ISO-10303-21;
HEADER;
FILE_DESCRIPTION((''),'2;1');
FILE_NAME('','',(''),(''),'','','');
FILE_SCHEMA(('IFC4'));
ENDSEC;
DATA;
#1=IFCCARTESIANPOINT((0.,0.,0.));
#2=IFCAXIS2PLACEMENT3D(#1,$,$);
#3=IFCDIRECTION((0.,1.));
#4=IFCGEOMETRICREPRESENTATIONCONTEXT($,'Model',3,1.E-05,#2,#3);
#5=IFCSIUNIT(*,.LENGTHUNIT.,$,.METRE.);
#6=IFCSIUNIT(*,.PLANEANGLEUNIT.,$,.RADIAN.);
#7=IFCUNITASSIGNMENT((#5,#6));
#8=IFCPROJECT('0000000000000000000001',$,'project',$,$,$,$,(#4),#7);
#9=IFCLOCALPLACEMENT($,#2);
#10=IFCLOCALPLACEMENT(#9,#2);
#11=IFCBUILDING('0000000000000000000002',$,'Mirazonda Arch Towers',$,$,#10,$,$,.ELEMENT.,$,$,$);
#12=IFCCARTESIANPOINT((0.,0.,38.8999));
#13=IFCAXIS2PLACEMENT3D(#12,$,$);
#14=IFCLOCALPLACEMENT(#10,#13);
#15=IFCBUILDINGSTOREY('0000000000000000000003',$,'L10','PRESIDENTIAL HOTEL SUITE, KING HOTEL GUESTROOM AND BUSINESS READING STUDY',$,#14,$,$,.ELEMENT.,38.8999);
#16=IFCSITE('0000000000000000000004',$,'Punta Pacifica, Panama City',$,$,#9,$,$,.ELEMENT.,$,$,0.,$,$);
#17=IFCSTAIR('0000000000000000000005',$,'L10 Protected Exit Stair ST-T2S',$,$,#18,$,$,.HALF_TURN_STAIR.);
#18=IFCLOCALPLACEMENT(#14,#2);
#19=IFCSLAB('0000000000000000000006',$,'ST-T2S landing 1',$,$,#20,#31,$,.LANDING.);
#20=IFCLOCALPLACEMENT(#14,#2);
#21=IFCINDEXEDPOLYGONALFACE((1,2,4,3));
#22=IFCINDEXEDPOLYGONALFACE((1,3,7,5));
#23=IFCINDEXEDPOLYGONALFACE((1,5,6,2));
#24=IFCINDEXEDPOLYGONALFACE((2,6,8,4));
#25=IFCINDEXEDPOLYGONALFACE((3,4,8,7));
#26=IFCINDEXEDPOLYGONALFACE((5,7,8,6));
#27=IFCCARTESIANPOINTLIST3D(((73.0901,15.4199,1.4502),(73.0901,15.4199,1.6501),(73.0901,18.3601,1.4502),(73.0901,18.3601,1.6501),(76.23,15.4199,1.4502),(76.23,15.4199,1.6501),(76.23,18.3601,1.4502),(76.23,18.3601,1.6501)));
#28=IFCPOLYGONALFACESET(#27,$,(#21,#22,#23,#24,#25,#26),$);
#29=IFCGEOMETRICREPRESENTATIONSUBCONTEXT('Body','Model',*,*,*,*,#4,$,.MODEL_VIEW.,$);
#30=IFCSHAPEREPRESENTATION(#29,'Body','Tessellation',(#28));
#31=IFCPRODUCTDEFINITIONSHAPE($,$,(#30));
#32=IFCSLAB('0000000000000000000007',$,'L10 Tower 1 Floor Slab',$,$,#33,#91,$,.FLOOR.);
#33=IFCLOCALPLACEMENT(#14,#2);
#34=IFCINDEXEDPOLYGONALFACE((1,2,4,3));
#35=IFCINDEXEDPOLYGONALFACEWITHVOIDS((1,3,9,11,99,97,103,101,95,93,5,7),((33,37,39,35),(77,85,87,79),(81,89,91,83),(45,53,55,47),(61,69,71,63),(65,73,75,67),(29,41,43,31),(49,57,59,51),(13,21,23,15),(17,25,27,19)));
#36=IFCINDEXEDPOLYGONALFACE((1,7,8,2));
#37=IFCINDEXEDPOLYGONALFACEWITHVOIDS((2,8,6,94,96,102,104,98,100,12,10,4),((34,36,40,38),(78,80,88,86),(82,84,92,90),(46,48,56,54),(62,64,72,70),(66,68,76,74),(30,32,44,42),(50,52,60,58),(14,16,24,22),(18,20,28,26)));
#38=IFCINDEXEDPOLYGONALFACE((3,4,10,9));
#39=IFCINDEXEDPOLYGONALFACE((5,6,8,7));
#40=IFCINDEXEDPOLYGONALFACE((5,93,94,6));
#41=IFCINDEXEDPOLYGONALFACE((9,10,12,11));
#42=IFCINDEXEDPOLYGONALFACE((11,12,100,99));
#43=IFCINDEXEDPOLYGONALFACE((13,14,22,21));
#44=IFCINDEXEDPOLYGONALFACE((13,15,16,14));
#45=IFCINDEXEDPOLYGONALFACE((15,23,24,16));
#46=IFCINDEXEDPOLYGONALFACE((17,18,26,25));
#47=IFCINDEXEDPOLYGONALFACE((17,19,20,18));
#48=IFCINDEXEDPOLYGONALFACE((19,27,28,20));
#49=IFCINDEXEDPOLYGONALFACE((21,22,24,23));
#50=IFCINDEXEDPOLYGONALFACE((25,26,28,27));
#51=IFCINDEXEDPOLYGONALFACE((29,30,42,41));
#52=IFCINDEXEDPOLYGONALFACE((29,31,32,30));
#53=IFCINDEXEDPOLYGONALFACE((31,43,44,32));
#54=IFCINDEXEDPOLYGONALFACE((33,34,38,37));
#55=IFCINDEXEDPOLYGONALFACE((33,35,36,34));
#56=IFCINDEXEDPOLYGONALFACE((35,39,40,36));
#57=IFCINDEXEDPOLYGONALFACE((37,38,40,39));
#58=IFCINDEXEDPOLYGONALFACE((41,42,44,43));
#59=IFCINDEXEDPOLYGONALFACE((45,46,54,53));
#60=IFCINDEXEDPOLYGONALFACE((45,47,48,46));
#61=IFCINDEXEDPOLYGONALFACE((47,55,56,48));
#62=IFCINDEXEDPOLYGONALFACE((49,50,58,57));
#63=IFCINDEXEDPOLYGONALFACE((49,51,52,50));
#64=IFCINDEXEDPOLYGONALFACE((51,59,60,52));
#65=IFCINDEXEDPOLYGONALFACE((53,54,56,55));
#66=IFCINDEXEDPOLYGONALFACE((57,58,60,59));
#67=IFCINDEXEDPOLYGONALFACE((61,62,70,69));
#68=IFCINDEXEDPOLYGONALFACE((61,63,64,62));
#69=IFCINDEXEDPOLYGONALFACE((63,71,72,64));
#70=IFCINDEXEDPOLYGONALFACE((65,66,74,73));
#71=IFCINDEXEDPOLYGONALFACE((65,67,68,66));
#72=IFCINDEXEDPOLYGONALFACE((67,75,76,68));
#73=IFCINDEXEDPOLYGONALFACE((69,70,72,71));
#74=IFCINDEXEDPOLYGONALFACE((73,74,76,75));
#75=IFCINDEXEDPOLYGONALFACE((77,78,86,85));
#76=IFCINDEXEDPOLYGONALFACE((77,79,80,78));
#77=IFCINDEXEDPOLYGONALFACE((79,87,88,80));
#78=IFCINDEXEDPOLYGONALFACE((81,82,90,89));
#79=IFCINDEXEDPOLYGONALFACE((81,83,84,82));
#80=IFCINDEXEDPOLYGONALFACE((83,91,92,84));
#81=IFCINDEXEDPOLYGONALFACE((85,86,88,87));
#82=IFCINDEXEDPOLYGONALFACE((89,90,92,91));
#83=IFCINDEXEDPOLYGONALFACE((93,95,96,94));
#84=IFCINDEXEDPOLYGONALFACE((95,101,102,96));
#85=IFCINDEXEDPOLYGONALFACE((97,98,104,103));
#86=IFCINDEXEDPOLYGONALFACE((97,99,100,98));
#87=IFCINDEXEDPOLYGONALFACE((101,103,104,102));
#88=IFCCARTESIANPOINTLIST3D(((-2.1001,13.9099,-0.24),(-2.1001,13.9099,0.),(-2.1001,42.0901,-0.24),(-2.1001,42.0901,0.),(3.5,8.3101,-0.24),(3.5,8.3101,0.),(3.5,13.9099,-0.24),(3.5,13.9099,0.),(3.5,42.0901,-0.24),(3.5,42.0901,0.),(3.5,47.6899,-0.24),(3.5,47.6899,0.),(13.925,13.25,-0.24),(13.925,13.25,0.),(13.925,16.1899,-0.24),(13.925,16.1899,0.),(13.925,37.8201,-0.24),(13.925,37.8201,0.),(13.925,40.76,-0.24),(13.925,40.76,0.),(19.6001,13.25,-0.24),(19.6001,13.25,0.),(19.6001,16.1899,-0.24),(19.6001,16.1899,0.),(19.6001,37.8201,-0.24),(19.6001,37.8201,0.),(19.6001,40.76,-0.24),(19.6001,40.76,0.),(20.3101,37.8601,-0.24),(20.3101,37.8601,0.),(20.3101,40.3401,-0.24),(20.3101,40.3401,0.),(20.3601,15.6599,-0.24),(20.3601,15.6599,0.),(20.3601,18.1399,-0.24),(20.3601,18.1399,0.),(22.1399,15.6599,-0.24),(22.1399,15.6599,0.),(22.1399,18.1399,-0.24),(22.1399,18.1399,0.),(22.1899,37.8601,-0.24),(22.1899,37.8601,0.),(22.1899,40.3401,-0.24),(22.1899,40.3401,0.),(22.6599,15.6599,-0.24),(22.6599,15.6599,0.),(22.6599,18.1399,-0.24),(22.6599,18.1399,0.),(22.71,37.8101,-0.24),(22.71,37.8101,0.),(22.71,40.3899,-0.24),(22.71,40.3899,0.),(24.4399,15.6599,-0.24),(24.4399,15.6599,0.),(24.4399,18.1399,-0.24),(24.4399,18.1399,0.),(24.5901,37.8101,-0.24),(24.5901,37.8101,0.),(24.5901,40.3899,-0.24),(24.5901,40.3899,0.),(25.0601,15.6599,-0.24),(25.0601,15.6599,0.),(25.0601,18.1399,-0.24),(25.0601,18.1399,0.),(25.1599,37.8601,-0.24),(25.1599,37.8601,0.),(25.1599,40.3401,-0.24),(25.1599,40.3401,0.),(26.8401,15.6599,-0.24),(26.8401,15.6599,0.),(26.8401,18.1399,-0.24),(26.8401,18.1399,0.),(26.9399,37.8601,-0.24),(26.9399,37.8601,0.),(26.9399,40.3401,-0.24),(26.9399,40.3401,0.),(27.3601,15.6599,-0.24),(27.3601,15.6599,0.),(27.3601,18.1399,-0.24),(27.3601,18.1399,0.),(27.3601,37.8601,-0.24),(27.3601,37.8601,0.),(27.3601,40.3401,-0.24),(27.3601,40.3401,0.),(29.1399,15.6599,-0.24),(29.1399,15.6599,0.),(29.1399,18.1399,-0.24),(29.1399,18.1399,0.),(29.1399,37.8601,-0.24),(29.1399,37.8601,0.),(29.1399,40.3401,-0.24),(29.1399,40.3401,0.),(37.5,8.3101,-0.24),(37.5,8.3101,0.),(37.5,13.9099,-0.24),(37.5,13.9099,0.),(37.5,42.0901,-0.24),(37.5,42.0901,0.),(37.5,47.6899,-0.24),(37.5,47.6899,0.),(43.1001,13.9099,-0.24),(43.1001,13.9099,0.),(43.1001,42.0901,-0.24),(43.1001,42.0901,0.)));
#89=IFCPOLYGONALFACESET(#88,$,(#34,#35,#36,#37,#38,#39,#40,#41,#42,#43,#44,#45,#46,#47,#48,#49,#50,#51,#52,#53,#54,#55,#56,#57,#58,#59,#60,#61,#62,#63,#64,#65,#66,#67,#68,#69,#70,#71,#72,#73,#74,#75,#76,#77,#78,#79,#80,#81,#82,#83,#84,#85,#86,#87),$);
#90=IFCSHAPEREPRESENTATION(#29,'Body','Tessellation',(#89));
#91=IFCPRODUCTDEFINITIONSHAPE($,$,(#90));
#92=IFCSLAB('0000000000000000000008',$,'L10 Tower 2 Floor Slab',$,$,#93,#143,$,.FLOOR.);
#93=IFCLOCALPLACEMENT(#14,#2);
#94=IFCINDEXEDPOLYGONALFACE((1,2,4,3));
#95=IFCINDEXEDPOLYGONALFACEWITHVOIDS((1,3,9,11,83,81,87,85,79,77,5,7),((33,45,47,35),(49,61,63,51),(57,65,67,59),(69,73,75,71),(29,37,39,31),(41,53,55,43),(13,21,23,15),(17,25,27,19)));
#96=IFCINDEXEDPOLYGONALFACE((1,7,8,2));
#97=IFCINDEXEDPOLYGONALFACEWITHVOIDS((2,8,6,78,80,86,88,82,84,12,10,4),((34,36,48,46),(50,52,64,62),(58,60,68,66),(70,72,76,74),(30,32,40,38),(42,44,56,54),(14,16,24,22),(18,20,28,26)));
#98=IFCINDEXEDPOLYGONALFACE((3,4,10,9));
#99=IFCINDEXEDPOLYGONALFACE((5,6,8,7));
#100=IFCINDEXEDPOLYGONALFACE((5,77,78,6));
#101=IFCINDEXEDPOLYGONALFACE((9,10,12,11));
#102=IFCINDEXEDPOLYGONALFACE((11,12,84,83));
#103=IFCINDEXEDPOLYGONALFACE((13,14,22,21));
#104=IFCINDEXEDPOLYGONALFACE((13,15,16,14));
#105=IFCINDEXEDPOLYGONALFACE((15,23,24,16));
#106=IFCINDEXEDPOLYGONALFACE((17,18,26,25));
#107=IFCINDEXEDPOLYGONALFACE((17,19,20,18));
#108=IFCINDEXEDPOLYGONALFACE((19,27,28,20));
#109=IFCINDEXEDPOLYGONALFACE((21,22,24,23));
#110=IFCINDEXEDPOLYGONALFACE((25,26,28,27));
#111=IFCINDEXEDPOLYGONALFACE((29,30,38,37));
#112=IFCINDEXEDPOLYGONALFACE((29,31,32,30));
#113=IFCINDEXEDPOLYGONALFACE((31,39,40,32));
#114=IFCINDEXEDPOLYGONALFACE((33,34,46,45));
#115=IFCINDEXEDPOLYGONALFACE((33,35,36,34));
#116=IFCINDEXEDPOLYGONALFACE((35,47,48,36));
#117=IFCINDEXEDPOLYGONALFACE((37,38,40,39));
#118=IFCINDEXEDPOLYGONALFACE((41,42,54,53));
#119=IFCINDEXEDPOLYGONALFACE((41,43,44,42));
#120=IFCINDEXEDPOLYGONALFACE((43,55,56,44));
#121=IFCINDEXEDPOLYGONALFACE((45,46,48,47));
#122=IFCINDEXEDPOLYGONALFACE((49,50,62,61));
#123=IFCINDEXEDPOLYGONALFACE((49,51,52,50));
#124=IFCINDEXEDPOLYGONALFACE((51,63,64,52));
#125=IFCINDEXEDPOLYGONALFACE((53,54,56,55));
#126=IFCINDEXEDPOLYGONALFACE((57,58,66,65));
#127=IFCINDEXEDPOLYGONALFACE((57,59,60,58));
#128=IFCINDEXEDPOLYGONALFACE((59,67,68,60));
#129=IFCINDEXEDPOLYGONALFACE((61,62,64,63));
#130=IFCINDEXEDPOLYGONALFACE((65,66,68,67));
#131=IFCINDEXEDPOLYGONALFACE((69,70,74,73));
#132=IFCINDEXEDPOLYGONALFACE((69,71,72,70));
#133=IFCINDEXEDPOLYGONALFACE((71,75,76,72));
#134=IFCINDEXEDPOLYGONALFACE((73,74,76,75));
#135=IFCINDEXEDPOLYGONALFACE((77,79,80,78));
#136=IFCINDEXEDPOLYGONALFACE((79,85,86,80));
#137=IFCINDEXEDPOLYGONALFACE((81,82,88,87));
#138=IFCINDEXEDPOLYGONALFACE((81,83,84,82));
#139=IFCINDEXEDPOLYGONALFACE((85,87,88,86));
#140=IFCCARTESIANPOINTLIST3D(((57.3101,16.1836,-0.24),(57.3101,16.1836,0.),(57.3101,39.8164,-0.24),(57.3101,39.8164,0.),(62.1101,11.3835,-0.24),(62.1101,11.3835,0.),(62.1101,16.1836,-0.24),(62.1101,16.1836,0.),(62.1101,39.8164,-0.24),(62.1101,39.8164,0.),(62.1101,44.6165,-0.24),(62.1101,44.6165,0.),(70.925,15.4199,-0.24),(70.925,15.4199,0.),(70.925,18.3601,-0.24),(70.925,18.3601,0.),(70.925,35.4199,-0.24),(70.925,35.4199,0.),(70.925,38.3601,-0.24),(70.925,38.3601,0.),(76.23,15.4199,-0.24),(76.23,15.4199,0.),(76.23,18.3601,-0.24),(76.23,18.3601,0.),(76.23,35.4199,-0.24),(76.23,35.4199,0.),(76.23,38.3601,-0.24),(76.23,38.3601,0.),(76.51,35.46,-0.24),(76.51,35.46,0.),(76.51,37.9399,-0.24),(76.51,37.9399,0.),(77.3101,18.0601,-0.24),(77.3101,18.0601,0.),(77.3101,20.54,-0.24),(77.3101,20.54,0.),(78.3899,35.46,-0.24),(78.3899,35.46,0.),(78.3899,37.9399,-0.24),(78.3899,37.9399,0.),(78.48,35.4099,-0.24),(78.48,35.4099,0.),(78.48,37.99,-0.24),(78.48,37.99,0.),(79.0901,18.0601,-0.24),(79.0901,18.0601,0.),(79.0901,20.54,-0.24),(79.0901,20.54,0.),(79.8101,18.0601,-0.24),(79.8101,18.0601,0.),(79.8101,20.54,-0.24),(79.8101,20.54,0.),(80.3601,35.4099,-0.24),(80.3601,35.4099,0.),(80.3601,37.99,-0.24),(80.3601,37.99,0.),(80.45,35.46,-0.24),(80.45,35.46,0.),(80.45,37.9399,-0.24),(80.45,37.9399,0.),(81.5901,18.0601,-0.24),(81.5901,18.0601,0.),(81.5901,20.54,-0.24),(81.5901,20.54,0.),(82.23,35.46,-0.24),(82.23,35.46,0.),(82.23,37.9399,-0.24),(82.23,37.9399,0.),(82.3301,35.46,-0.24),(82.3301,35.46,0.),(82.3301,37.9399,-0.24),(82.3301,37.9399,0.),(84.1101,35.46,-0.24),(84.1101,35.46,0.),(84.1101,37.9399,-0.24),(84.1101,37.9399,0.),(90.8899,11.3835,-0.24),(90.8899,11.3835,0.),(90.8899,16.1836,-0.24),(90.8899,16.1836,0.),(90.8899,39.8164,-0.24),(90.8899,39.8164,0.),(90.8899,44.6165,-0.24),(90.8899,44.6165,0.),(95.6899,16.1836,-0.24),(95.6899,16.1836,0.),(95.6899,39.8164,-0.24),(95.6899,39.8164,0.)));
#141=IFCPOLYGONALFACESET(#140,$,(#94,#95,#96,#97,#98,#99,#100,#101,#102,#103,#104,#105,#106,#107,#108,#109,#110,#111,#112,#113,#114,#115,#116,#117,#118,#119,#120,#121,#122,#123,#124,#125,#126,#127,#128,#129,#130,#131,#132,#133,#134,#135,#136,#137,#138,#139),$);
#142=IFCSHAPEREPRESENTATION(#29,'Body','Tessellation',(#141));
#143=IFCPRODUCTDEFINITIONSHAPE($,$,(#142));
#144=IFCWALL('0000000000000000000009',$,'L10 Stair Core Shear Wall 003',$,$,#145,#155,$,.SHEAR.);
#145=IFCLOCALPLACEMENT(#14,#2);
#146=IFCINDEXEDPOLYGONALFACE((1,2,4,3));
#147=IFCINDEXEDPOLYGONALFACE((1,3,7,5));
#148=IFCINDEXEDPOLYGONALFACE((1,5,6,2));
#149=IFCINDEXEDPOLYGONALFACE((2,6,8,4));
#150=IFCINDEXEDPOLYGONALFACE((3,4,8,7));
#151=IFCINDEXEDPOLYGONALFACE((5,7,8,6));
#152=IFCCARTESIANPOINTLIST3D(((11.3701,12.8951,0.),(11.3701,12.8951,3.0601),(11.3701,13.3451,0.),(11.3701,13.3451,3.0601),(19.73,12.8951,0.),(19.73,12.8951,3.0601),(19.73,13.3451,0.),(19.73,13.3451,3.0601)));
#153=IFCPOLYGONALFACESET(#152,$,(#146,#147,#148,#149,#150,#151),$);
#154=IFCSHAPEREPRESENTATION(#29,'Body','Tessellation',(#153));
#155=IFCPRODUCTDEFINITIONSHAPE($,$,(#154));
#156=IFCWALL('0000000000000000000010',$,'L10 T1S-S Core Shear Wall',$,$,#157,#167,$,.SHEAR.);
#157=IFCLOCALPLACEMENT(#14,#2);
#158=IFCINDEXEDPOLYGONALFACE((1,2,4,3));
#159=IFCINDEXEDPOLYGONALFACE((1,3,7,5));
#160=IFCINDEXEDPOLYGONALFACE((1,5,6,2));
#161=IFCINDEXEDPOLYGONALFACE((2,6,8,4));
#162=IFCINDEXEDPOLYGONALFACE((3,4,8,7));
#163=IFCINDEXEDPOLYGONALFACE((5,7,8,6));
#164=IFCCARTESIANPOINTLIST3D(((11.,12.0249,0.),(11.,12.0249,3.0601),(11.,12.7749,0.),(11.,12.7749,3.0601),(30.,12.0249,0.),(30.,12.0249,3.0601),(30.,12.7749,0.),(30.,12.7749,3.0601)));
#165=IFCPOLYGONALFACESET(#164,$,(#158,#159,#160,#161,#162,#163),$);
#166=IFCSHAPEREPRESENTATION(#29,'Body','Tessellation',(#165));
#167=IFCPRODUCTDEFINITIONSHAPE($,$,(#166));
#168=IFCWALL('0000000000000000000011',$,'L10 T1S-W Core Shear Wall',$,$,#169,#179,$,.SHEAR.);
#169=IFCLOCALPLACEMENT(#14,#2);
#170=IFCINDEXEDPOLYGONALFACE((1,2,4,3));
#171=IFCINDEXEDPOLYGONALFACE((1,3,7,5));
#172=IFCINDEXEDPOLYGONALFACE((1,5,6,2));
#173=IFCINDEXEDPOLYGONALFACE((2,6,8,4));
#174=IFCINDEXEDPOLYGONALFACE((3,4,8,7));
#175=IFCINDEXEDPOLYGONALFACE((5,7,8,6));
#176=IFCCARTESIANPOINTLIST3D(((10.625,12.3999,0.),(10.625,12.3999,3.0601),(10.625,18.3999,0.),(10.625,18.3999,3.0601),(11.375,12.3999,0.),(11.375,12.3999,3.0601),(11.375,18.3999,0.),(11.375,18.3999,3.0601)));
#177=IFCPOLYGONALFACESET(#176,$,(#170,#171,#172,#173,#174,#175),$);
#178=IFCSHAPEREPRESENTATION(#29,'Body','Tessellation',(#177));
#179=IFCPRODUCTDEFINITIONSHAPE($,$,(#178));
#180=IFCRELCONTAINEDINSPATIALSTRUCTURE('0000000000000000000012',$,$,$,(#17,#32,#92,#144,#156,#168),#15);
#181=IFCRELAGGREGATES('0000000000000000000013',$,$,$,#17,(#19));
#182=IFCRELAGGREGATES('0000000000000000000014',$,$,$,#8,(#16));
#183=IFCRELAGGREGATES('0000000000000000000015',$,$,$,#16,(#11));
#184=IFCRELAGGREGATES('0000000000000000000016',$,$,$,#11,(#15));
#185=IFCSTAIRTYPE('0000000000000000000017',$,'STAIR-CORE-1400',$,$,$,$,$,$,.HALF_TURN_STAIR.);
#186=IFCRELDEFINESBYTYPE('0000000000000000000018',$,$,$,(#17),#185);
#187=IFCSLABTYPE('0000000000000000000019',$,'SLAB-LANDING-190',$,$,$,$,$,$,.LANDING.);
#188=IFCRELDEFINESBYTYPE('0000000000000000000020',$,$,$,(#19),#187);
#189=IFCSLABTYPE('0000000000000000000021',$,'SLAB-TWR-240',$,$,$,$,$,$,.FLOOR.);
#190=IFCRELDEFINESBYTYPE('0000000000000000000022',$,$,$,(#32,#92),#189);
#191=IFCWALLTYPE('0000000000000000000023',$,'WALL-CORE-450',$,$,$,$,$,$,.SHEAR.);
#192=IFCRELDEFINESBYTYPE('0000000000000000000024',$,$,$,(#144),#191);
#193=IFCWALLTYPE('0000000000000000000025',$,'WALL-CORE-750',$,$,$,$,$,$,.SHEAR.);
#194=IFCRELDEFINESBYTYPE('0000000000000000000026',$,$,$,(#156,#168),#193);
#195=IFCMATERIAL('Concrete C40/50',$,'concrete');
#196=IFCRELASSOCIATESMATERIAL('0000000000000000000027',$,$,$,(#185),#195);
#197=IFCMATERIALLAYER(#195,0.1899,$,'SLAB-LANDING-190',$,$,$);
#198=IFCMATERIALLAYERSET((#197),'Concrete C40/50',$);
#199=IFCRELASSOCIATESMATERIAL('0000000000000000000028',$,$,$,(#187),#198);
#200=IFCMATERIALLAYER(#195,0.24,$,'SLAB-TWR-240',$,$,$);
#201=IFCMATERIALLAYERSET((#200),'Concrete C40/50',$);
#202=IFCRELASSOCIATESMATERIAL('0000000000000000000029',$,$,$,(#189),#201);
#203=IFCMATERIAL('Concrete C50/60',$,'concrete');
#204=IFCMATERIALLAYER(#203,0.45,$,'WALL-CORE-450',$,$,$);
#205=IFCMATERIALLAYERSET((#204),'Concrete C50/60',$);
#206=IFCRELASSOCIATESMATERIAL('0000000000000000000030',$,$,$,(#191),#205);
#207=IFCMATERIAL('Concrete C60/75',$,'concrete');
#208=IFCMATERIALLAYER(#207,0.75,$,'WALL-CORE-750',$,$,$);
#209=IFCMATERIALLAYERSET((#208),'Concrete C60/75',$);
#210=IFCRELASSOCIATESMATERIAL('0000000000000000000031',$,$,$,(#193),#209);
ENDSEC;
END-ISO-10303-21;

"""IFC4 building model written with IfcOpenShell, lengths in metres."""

from ifc_helpers import new_model, si_unit, direction, frame, frame_2d, origin, place, context, subcontext, project, spatial, polyline, rectangle, outline, extrude, material, layer, layer_set, type_object, element, aggregate, save


model = new_model("IFC4")

# Units and contexts
model_context = context("Model", 3, precision=1e-05, world=origin(), true_north=direction((0.0, 1.0)))
body_context = subcontext(model_context, "Body", "Model", "MODEL_VIEW")
ifc_project = project(units=[si_unit("LENGTHUNIT", "METRE"), si_unit("PLANEANGLEUNIT", "RADIAN")], contexts=[model_context])

# Site, building, storey
site_placement = place(None, origin())
site = spatial("IfcSite", under=ifc_project, at=site_placement, Name="Punta Pacifica, Panama City", CompositionType="ELEMENT", RefElevation=0.0)
building_placement = place(site_placement, origin())
building = spatial("IfcBuilding", under=site, at=building_placement, Name="Mirazonda Arch Towers", CompositionType="ELEMENT")
storey_placement = place(building_placement, frame((0.0, 0.0, 38.8999)))
storey = spatial("IfcBuildingStorey", under=building, at=storey_placement, Name="L10", Description="PRESIDENTIAL HOTEL SUITE, KING HOTEL GUESTROOM AND BUSINESS READING STUDY", CompositionType="ELEMENT", Elevation=38.8999)

# Shared definitions
ifc_material_1 = material(Name="Concrete C60/75", Category="concrete")

# Stair, slab
ifc_material_2 = material(Name="Concrete C40/50", Category="concrete")
stair_type = type_object("IfcStairType", Name="STAIR-CORE-1400", PredefinedType="HALF_TURN_STAIR", material=ifc_material_2)
ifc_layer_1 = layer(ifc_material_2, 0.1899, Name="SLAB-LANDING-190")
ifc_layer_set_1 = layer_set([ifc_layer_1], Name="Concrete C40/50")
slab_type_1 = type_object("IfcSlabType", Name="SLAB-LANDING-190", PredefinedType="LANDING", material=ifc_layer_set_1)
stair_1_placement = place(storey_placement, origin())
stair_1 = element("IfcStair", 1, at=stair_1_placement, inside=storey, type_object=stair_type, Name="L10 Protected Exit Stair ST-T2S", PredefinedType="HALF_TURN_STAIR")
slab_1_placement = place(storey_placement, frame((0.0, 0.0, 1.4502)))
slab_1 = element("IfcSlab", 2, at=slab_1_placement, type_object=slab_type_1, Name="ST-T2S landing 1", PredefinedType="LANDING", context=body_context, shape_type="SweptSolid", body=[
    extrude(outline(polyline([(73.0901, 15.4199), (76.23, 15.4199), (76.23, 18.3601), (73.0901, 18.3601), (73.0901, 15.4199)])), origin(), (0.0, 0.0, 1.0), 0.2),
])
aggregate(stair_1, [slab_1])

# Slabs
ifc_layer_2 = layer(ifc_material_2, 0.24, Name="SLAB-TWR-240")
ifc_layer_set_2 = layer_set([ifc_layer_2], Name="Concrete C40/50")
slab_type_2 = type_object("IfcSlabType", Name="SLAB-TWR-240", PredefinedType="FLOOR", material=ifc_layer_set_2)
slab_2_placement = place(storey_placement, frame((0.0, 0.0, -0.24)))
element("IfcSlab", 3, at=slab_2_placement, inside=storey, type_object=slab_type_2, Name="L10 Tower 1 Floor Slab", PredefinedType="FLOOR", context=body_context, shape_type="SweptSolid", body=[
    extrude(outline(polyline([(3.5, 8.3101), (37.5, 8.3101), (37.5, 13.9099), (43.1001, 13.9099), (43.1001, 42.0901), (37.5, 42.0901), (37.5, 47.6899), (3.5, 47.6899), (3.5, 42.0901), (-2.1001, 42.0901), (-2.1001, 13.9099), (3.5, 13.9099), (3.5, 8.3101)]), holes=[polyline([(29.1399, 18.1399), (29.1399, 15.6599), (27.3601, 15.6599), (27.3601, 18.1399), (29.1399, 18.1399)]), polyline([(29.1399, 40.3401), (29.1399, 37.8601), (27.3601, 37.8601), (27.3601, 40.3401), (29.1399, 40.3401)]), polyline([(25.1599, 40.3401), (26.9399, 40.3401), (26.9399, 37.8601), (25.1599, 37.8601), (25.1599, 40.3401)]), polyline([(26.8401, 18.1399), (26.8401, 15.6599), (25.0601, 15.6599), (25.0601, 18.1399), (26.8401, 18.1399)]), polyline([(22.71, 40.3899), (24.5901, 40.3899), (24.5901, 37.8101), (22.71, 37.8101), (22.71, 40.3899)]), polyline([(22.6599, 18.1399), (24.4399, 18.1399), (24.4399, 15.6599), (22.6599, 15.6599), (22.6599, 18.1399)]), polyline([(20.3101, 40.3401), (22.1899, 40.3401), (22.1899, 37.8601), (20.3101, 37.8601), (20.3101, 40.3401)]), polyline([(20.3601, 18.1399), (22.1399, 18.1399), (22.1399, 15.6599), (20.3601, 15.6599), (20.3601, 18.1399)]), polyline([(13.925, 40.76), (19.6001, 40.76), (19.6001, 37.8201), (13.925, 37.8201), (13.925, 40.76)]), polyline([(13.925, 13.25), (13.925, 16.1899), (19.6001, 16.1899), (19.6001, 13.25), (13.925, 13.25)])]), origin(), (0.0, 0.0, 1.0), 0.24),
])
slab_3_placement = place(storey_placement, frame((0.0, 0.0, -0.24)))
element("IfcSlab", 4, at=slab_3_placement, inside=storey, type_object=slab_type_2, Name="L10 Tower 2 Floor Slab", PredefinedType="FLOOR", context=body_context, shape_type="SweptSolid", body=[
    extrude(outline(polyline([(62.1101, 11.3835), (90.8899, 11.3835), (90.8899, 16.1836), (95.6899, 16.1836), (95.6899, 39.8164), (90.8899, 39.8164), (90.8899, 44.6165), (62.1101, 44.6165), (62.1101, 39.8164), (57.3101, 39.8164), (57.3101, 16.1836), (62.1101, 16.1836), (62.1101, 11.3835)]), holes=[polyline([(82.3301, 37.9399), (84.1101, 37.9399), (84.1101, 35.46), (82.3301, 35.46), (82.3301, 37.9399)]), polyline([(80.45, 37.9399), (82.23, 37.9399), (82.23, 35.46), (80.45, 35.46), (80.45, 37.9399)]), polyline([(79.8101, 20.54), (81.5901, 20.54), (81.5901, 18.0601), (79.8101, 18.0601), (79.8101, 20.54)]), polyline([(78.48, 37.99), (80.3601, 37.99), (80.3601, 35.4099), (78.48, 35.4099), (78.48, 37.99)]), polyline([(77.3101, 20.54), (79.0901, 20.54), (79.0901, 18.0601), (77.3101, 18.0601), (77.3101, 20.54)]), polyline([(76.51, 37.9399), (78.3899, 37.9399), (78.3899, 35.46), (76.51, 35.46), (76.51, 37.9399)]), polyline([(70.925, 15.4199), (70.925, 18.3601), (76.23, 18.3601), (76.23, 15.4199), (70.925, 15.4199)]), polyline([(70.925, 35.4199), (70.925, 38.3601), (76.23, 38.3601), (76.23, 35.4199), (70.925, 35.4199)])]), origin(), (0.0, 0.0, 1.0), 0.24),
])

# Walls
ifc_material_3 = material(Name="Concrete C50/60", Category="concrete")
ifc_layer_3 = layer(ifc_material_3, 0.45, Name="WALL-CORE-450")
ifc_layer_set_3 = layer_set([ifc_layer_3], Name="Concrete C50/60")
wall_type_1 = type_object("IfcWallType", Name="WALL-CORE-450", PredefinedType="SHEAR", material=ifc_layer_set_3)
wall_1_placement = place(storey_placement, frame((11.3701, 13.1201, 0.0), z_axis=(0.0, 0.0, 1.0), x_axis=(1.0, 0.0, 0.0)))
element("IfcWall", 5, at=wall_1_placement, inside=storey, type_object=wall_type_1, Name="L10 Stair Core Shear Wall 003", PredefinedType="SHEAR", context=body_context, shape_type="SweptSolid", body=[
    extrude(rectangle(XDim=8.3599, YDim=0.45, at=frame_2d((4.1799, 0.0))), origin(), (0.0, 0.0, 1.0), 3.0601),
])
ifc_layer_4 = layer(ifc_material_1, 0.75, Name="WALL-CORE-750")
ifc_layer_set_4 = layer_set([ifc_layer_4], Name="Concrete C60/75")
wall_type_2 = type_object("IfcWallType", Name="WALL-CORE-750", PredefinedType="SHEAR", material=ifc_layer_set_4)
wall_2_placement = place(storey_placement, frame((11.0, 12.3999, 0.0), z_axis=(0.0, 0.0, 1.0), x_axis=(1.0, 0.0, 0.0)))
element("IfcWall", 6, at=wall_2_placement, inside=storey, type_object=wall_type_2, Name="L10 T1S-S Core Shear Wall", PredefinedType="SHEAR", context=body_context, shape_type="SweptSolid", body=[
    extrude(rectangle(XDim=19.0, YDim=0.75, at=frame_2d((9.5, 0.0))), origin(), (0.0, 0.0, 1.0), 3.0601),
])
wall_3_placement = place(storey_placement, frame((11.0, 12.3999, 0.0), z_axis=(0.0, 0.0, 1.0), x_axis=(0.0, 1.0, 0.0)))
element("IfcWall", 7, at=wall_3_placement, inside=storey, type_object=wall_type_2, Name="L10 T1S-W Core Shear Wall", PredefinedType="SHEAR", context=body_context, shape_type="SweptSolid", body=[
    extrude(rectangle(XDim=6.0, YDim=0.75, at=frame_2d((3.0, 0.0))), origin(), (0.0, 0.0, 1.0), 3.0601),
])

save(model, "model.ifc")
